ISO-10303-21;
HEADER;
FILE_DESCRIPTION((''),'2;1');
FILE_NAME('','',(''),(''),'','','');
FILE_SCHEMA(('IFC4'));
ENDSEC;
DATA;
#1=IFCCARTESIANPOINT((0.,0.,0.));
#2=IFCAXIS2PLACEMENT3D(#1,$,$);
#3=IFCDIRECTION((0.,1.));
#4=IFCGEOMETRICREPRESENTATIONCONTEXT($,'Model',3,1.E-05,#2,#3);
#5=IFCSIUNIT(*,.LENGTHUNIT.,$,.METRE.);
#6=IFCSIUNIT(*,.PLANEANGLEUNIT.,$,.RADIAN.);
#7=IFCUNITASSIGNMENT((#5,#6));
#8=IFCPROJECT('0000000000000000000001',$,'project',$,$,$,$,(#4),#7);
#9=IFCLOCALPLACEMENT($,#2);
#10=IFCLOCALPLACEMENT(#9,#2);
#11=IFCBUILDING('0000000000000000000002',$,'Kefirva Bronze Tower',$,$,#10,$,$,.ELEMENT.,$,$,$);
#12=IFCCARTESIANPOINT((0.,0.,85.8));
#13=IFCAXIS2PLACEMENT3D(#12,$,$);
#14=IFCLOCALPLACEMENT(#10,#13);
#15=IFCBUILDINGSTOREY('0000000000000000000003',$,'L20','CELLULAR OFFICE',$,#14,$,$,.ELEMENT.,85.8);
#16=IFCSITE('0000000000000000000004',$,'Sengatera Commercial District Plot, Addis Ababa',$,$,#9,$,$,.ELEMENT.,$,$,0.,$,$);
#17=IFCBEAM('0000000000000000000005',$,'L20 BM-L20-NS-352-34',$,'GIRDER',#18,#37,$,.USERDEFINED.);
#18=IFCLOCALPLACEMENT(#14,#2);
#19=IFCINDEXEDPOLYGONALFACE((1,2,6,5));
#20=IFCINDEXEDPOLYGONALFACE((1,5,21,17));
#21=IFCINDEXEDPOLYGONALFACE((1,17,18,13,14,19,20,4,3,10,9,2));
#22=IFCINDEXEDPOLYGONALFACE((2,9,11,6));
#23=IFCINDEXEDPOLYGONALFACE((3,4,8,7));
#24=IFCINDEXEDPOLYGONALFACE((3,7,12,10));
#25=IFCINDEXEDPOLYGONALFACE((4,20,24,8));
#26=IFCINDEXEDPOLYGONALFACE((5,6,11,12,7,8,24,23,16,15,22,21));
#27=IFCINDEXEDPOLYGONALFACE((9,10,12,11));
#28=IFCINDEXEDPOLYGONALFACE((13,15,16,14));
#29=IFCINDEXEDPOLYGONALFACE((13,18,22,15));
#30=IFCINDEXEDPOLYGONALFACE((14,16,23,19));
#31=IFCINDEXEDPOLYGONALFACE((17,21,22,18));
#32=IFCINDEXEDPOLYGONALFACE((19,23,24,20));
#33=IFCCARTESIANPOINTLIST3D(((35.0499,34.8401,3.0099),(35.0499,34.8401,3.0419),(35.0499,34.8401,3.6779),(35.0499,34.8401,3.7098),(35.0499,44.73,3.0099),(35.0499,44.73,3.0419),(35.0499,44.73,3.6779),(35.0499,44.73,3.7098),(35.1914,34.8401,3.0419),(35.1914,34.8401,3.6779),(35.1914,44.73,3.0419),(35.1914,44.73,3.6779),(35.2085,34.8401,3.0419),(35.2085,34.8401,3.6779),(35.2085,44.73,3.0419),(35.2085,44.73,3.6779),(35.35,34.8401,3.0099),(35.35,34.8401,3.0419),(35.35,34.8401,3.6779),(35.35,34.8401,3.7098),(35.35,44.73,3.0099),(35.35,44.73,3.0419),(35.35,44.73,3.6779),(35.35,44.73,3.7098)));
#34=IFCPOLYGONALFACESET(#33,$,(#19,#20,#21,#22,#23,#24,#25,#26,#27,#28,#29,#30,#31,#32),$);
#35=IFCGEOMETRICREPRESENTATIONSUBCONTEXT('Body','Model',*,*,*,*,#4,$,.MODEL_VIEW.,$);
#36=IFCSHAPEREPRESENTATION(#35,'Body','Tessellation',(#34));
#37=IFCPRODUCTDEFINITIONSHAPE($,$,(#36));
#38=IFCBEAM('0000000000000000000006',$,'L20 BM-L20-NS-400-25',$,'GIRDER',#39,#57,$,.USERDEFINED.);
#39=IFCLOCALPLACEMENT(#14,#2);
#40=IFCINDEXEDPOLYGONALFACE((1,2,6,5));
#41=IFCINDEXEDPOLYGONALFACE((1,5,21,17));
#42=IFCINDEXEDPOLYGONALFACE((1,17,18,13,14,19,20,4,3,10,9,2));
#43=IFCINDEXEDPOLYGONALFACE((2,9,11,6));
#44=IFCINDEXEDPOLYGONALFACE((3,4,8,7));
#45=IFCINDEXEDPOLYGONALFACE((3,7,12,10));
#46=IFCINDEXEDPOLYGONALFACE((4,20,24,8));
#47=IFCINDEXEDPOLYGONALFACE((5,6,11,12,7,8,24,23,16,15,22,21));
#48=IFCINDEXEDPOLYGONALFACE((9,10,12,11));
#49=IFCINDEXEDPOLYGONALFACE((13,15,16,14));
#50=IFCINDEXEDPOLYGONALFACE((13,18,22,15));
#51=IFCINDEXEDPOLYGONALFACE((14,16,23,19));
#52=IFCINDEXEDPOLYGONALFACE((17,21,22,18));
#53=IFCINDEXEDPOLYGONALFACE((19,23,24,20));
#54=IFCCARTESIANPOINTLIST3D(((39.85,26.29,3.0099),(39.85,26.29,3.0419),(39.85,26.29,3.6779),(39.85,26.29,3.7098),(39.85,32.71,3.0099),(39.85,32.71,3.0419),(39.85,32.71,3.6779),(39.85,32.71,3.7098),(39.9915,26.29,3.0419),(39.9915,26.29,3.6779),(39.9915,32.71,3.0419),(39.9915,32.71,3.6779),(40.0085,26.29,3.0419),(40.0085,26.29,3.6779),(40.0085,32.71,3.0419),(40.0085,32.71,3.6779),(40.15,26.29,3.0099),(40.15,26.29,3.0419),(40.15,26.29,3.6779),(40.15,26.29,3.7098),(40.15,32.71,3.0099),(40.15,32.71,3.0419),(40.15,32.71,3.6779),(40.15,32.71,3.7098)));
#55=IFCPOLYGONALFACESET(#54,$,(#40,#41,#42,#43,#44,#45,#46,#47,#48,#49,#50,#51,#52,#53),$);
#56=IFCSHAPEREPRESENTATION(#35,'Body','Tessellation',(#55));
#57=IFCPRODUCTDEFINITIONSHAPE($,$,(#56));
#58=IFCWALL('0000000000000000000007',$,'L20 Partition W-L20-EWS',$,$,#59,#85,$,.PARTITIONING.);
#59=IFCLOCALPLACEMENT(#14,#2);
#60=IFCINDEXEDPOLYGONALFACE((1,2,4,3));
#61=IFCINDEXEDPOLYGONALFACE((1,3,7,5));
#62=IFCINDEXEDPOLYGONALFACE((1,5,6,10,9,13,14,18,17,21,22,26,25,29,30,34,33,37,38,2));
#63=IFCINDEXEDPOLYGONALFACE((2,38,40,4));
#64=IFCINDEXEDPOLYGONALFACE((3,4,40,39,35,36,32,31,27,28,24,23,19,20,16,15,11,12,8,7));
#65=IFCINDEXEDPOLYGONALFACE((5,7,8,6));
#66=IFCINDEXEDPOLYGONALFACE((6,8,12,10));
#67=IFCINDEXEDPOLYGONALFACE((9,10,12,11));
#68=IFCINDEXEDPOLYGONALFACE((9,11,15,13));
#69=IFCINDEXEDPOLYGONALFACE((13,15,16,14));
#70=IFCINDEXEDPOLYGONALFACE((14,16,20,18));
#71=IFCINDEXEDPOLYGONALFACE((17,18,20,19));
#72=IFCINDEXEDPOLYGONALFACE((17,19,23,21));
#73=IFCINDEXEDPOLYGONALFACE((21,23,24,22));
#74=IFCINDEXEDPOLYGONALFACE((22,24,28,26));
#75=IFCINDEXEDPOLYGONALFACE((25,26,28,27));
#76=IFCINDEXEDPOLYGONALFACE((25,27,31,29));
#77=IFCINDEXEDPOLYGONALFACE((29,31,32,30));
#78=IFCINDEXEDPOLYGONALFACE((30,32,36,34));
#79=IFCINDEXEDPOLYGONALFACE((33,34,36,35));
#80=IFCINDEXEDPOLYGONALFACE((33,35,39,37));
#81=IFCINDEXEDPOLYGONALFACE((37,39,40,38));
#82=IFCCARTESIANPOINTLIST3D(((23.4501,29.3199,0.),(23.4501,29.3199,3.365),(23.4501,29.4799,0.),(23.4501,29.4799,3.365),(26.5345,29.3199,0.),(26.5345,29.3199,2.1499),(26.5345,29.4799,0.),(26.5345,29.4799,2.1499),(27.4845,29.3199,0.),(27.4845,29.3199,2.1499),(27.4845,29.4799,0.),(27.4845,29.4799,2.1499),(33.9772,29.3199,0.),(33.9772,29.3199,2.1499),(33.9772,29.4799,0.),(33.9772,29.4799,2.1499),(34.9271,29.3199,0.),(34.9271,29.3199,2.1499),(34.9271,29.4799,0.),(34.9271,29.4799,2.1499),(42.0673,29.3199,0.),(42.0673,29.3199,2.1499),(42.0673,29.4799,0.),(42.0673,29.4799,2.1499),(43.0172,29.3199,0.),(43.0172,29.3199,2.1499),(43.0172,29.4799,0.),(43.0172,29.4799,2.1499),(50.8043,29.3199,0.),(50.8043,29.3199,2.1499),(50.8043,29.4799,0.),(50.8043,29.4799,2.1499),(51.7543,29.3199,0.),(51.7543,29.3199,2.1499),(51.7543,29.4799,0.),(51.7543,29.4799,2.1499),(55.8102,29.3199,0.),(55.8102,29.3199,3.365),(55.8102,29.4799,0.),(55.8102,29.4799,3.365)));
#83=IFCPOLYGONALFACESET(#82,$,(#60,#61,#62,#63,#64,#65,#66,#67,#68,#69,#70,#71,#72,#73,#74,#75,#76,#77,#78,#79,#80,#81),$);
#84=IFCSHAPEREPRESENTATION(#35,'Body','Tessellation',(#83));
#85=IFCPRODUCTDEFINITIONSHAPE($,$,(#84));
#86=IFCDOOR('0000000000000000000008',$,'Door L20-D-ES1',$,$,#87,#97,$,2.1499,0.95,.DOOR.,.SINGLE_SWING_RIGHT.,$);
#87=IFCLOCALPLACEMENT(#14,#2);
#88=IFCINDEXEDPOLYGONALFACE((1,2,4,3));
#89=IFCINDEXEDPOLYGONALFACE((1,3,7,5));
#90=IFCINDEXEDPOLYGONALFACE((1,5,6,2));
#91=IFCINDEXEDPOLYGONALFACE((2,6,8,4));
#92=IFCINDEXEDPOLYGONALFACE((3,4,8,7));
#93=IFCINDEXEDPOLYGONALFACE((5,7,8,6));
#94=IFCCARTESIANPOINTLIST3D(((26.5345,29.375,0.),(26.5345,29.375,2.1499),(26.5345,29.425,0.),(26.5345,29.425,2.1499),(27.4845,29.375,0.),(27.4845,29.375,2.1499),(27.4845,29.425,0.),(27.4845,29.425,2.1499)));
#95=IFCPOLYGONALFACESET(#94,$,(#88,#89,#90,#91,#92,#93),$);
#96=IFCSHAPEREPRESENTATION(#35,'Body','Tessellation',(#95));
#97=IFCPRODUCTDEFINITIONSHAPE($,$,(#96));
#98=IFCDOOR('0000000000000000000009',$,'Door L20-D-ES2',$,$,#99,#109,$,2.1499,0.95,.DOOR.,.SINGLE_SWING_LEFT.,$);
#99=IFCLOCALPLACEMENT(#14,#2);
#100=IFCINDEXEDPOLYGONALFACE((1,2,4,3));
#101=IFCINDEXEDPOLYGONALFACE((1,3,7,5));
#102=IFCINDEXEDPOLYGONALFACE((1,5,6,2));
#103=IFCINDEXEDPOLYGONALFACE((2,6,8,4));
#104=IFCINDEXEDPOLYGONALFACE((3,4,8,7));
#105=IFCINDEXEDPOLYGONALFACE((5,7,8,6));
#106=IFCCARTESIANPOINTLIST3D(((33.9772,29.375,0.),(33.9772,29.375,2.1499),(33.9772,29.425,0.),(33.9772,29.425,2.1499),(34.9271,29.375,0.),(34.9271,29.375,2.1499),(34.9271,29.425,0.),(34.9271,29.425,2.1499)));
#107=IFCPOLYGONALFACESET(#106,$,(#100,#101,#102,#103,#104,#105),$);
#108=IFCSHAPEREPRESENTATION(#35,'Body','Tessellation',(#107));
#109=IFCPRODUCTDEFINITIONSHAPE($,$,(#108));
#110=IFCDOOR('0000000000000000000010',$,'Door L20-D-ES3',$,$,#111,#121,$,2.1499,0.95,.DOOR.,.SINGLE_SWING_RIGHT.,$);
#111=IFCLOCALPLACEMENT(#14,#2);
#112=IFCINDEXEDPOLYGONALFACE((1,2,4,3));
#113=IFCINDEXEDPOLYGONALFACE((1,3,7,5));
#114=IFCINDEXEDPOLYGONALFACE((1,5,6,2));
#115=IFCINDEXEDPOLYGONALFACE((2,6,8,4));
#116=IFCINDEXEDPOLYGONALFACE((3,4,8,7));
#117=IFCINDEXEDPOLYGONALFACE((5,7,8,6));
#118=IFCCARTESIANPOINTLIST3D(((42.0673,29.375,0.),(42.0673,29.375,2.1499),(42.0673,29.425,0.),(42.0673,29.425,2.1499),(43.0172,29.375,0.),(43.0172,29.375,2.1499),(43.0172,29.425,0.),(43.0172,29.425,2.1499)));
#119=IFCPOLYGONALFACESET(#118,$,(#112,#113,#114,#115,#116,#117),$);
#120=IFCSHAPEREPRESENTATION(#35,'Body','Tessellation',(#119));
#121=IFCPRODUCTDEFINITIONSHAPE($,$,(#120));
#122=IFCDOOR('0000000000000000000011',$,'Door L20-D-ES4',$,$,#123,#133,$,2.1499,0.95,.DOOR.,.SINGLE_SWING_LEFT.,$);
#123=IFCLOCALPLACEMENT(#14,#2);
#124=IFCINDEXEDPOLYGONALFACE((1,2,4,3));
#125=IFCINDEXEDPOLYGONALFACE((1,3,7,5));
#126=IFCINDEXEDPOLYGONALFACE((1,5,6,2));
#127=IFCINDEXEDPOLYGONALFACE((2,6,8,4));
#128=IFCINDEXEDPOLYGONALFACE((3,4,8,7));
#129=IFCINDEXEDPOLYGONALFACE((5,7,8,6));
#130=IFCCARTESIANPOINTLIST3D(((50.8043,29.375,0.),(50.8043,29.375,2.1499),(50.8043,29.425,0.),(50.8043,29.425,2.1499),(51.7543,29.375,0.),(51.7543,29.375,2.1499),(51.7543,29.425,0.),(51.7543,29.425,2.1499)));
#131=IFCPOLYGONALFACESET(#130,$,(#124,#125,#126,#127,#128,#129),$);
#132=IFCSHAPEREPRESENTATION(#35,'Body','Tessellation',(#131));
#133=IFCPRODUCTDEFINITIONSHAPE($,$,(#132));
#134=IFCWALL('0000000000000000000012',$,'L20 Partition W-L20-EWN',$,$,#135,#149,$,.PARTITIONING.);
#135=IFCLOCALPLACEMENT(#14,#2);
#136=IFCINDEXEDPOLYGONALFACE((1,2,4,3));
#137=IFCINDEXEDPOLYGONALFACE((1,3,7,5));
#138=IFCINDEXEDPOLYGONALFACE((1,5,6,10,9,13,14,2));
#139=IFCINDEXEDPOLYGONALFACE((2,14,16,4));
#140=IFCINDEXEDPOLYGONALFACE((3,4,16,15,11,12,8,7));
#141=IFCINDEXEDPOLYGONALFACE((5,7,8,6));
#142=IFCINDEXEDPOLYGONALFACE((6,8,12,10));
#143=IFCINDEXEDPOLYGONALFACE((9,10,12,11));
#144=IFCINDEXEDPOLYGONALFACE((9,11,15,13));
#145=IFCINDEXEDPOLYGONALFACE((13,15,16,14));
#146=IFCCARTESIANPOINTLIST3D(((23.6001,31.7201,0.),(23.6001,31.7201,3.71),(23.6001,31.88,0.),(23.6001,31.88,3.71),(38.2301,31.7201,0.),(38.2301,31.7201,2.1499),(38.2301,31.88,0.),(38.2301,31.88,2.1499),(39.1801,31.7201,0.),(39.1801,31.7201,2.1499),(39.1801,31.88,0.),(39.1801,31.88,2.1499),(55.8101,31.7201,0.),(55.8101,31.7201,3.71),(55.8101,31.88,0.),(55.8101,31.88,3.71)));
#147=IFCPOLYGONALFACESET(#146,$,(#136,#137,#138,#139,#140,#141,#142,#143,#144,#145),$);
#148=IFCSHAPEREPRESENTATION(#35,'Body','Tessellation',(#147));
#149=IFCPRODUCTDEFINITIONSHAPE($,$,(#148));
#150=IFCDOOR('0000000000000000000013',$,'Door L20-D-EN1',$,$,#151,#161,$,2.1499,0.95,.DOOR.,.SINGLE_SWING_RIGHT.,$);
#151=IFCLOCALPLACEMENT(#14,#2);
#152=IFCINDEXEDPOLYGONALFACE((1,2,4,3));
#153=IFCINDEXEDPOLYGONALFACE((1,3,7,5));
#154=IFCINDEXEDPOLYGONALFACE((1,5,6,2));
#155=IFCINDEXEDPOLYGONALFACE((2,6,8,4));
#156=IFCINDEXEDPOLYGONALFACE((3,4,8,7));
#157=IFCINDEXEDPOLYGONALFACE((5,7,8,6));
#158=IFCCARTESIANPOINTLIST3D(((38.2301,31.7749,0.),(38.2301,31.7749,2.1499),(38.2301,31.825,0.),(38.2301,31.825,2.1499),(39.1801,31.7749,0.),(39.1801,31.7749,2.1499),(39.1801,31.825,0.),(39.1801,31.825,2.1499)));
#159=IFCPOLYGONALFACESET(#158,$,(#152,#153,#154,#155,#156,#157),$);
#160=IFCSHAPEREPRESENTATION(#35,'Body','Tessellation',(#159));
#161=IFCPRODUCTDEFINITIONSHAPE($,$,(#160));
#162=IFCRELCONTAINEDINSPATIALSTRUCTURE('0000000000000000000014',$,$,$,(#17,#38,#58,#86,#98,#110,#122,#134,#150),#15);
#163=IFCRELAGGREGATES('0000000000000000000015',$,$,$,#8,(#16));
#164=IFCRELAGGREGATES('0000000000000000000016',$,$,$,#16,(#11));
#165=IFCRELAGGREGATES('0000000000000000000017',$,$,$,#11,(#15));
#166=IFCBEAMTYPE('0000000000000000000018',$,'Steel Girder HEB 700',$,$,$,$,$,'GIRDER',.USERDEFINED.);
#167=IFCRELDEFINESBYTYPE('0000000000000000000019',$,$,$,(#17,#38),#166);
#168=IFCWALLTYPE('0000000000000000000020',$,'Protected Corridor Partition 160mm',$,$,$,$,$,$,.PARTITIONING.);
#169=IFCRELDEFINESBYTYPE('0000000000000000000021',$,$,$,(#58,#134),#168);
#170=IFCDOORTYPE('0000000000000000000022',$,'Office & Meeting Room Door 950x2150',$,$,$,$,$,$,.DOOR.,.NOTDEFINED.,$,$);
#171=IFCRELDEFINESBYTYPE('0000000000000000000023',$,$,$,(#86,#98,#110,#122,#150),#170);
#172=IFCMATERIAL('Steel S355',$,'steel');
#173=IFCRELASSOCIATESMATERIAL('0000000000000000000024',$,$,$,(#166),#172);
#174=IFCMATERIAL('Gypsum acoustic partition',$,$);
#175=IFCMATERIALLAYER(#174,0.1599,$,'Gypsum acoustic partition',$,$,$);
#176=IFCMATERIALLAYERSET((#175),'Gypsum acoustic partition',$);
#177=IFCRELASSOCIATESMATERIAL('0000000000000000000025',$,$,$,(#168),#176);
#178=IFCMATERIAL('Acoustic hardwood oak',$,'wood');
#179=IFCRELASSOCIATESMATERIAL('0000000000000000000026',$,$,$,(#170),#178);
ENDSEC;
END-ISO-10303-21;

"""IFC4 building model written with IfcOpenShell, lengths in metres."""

from ifc_helpers import new_model, si_unit, direction, frame, frame_2d, origin, origin_2d, place, context, subcontext, project, spatial, rectangle, i_section, extrude, material, layer, layer_set, material_profile, profile_set, type_object, element, fill, save


model = new_model("IFC4")

# Units and contexts
model_context = context("Model", 3, precision=1e-05, world=origin(), true_north=direction((0.0, 1.0)))
body_context = subcontext(model_context, "Body", "Model", "MODEL_VIEW")
ifc_project = project(units=[si_unit("LENGTHUNIT", "METRE"), si_unit("PLANEANGLEUNIT", "RADIAN")], contexts=[model_context])

# Site, building, storey
site_placement = place(None, origin())
site = spatial("IfcSite", under=ifc_project, at=site_placement, Name="Sengatera Commercial District Plot, Addis Ababa", CompositionType="ELEMENT", RefElevation=0.0)
building_placement = place(site_placement, origin())
building = spatial("IfcBuilding", under=site, at=building_placement, Name="Kefirva Bronze Tower", CompositionType="ELEMENT")
storey_placement = place(building_placement, frame((0.0, 0.0, 85.8)))
storey = spatial("IfcBuildingStorey", under=building, at=storey_placement, Name="L20", Description="CELLULAR OFFICE", CompositionType="ELEMENT", Elevation=85.8)

# Beams
ifc_material_1 = material(Name="Steel S355", Category="steel")
ifc_material_profile_1 = material_profile(ifc_material_1, i_section(OverallWidth=0.3, OverallDepth=0.7, WebThickness=0.0171, FlangeThickness=0.032, at=origin_2d()), Name="HEB 700")
ifc_profile_set_1 = profile_set([ifc_material_profile_1], Name="Steel S355")
beam_type_1 = type_object("IfcBeamType", Name="Steel Girder HEB 700", ElementType="GIRDER", PredefinedType="USERDEFINED", material=ifc_profile_set_1)
beam_1_placement = place(storey_placement, frame((35.2, 34.8401, 3.3599), z_axis=(0.0, 1.0, 0.0), x_axis=(-1.0, 0.0, 0.0)))
element("IfcBeam", 1, at=beam_1_placement, inside=storey, type_object=beam_type_1, Name="L20 BM-L20-NS-352-34", ObjectType="GIRDER", PredefinedType="USERDEFINED", context=body_context, shape_type="SweptSolid", body=[
    extrude(i_section(OverallWidth=0.3, OverallDepth=0.7, WebThickness=0.0171, FlangeThickness=0.032, at=origin_2d()), origin(), (0.0, 0.0, 1.0), 9.8899),
])
beam_2_placement = place(storey_placement, frame((40.0, 26.29, 3.3599), z_axis=(0.0, 1.0, 0.0), x_axis=(-1.0, 0.0, 0.0)))
element("IfcBeam", 2, at=beam_2_placement, inside=storey, type_object=beam_type_1, Name="L20 BM-L20-NS-400-25", ObjectType="GIRDER", PredefinedType="USERDEFINED", context=body_context, shape_type="SweptSolid", body=[
    extrude(i_section(OverallWidth=0.3, OverallDepth=0.7, WebThickness=0.0171, FlangeThickness=0.032, at=origin_2d()), origin(), (0.0, 0.0, 1.0), 6.4199),
])

# Wall, openings, doors
ifc_material_2 = material(Name="Gypsum acoustic partition")
ifc_layer_1 = layer(ifc_material_2, 0.1599, Name="Gypsum acoustic partition")
ifc_layer_set_1 = layer_set([ifc_layer_1], Name="Gypsum acoustic partition")
wall_type_1 = type_object("IfcWallType", Name="Protected Corridor Partition 160mm", PredefinedType="PARTITIONING", material=ifc_layer_set_1)
wall_1_placement = place(storey_placement, frame((23.45, 29.3999, 0.0), z_axis=(0.0, 0.0, 1.0), x_axis=(1.0, 0.0, 0.0)))
wall_1 = element("IfcWall", 3, at=wall_1_placement, inside=storey, type_object=wall_type_1, Name="L20 Partition W-L20-EWS", PredefinedType="PARTITIONING", context=body_context, shape_type="SweptSolid", body=[
    extrude(rectangle(XDim=32.3601, YDim=0.1599, at=frame_2d((16.1802, 0.0))), origin(), (0.0, 0.0, 1.0), 3.365),
])
opening_1_placement = place(wall_1_placement, frame((4.0347, 0.0, 0.0), z_axis=(0.0, 0.0, 1.0), x_axis=(-1.0, 0.0, 0.0)))
opening_1 = element("IfcOpeningElement", 4, at=opening_1_placement, cuts=wall_1, PredefinedType="OPENING", context=body_context, shape_type="SweptSolid", body=[
    extrude(rectangle(XDim=0.95, YDim=2.1499, at=frame_2d((0.4751, 1.075))), frame((0.0, 0.0898, 0.0), z_axis=(0.0, -1.0, 0.0), x_axis=(1.0, 0.0, 0.0)), (0.0, 0.0, 1.0), 0.1799),
])
opening_2_placement = place(wall_1_placement, frame((11.4773, 0.0, 0.0), z_axis=(0.0, 0.0, 1.0), x_axis=(-1.0, 0.0, 0.0)))
opening_2 = element("IfcOpeningElement", 5, at=opening_2_placement, cuts=wall_1, PredefinedType="OPENING", context=body_context, shape_type="SweptSolid", body=[
    extrude(rectangle(XDim=0.95, YDim=2.1499, at=frame_2d((0.4751, 1.075))), frame((0.0, 0.0898, 0.0), z_axis=(0.0, -1.0, 0.0), x_axis=(1.0, 0.0, 0.0)), (0.0, 0.0, 1.0), 0.1799),
])
opening_3_placement = place(wall_1_placement, frame((19.5674, 0.0, 0.0), z_axis=(0.0, 0.0, 1.0), x_axis=(-1.0, 0.0, 0.0)))
opening_3 = element("IfcOpeningElement", 6, at=opening_3_placement, cuts=wall_1, PredefinedType="OPENING", context=body_context, shape_type="SweptSolid", body=[
    extrude(rectangle(XDim=0.95, YDim=2.1499, at=frame_2d((0.4751, 1.075))), frame((0.0, 0.0898, 0.0), z_axis=(0.0, -1.0, 0.0), x_axis=(1.0, 0.0, 0.0)), (0.0, 0.0, 1.0), 0.1799),
])
opening_4_placement = place(wall_1_placement, frame((28.3044, 0.0, 0.0), z_axis=(0.0, 0.0, 1.0), x_axis=(-1.0, 0.0, 0.0)))
opening_4 = element("IfcOpeningElement", 7, at=opening_4_placement, cuts=wall_1, PredefinedType="OPENING", context=body_context, shape_type="SweptSolid", body=[
    extrude(rectangle(XDim=0.95, YDim=2.1499, at=frame_2d((0.4751, 1.075))), frame((0.0, 0.0898, 0.0), z_axis=(0.0, -1.0, 0.0), x_axis=(1.0, 0.0, 0.0)), (0.0, 0.0, 1.0), 0.1799),
])
ifc_material_3 = material(Name="Acoustic hardwood oak", Category="wood")
door_type = type_object("IfcDoorType", Name="Office & Meeting Room Door 950x2150", OperationType="NOTDEFINED", PredefinedType="DOOR", material=ifc_material_3)
door_1_placement = place(opening_1_placement, origin())
door_1 = element("IfcDoor", 8, at=door_1_placement, inside=storey, type_object=door_type, Name="Door L20-D-ES1", OperationType="SINGLE_SWING_RIGHT", OverallHeight=2.1499, OverallWidth=0.95, PredefinedType="DOOR", context=body_context, shape_type="SweptSolid", body=[
    extrude(rectangle(XDim=0.95, YDim=2.1499, at=frame_2d((0.4751, 1.075))), frame((0.0, 0.0249, 0.0), z_axis=(0.0, -1.0, 0.0), x_axis=(1.0, 0.0, 0.0)), (0.0, 0.0, 1.0), 0.05),
])
fill(opening_1, door_1)
door_2_placement = place(opening_2_placement, origin())
door_2 = element("IfcDoor", 9, at=door_2_placement, inside=storey, type_object=door_type, Name="Door L20-D-ES2", OperationType="SINGLE_SWING_LEFT", OverallHeight=2.1499, OverallWidth=0.95, PredefinedType="DOOR", context=body_context, shape_type="SweptSolid", body=[
    extrude(rectangle(XDim=0.95, YDim=2.1499, at=frame_2d((0.4751, 1.075))), frame((0.0, 0.0249, 0.0), z_axis=(0.0, -1.0, 0.0), x_axis=(1.0, 0.0, 0.0)), (0.0, 0.0, 1.0), 0.05),
])
fill(opening_2, door_2)
door_3_placement = place(opening_3_placement, origin())
door_3 = element("IfcDoor", 10, at=door_3_placement, inside=storey, type_object=door_type, Name="Door L20-D-ES3", OperationType="SINGLE_SWING_RIGHT", OverallHeight=2.1499, OverallWidth=0.95, PredefinedType="DOOR", context=body_context, shape_type="SweptSolid", body=[
    extrude(rectangle(XDim=0.95, YDim=2.1499, at=frame_2d((0.4751, 1.075))), frame((0.0, 0.0249, 0.0), z_axis=(0.0, -1.0, 0.0), x_axis=(1.0, 0.0, 0.0)), (0.0, 0.0, 1.0), 0.05),
])
fill(opening_3, door_3)
door_4_placement = place(opening_4_placement, origin())
door_4 = element("IfcDoor", 11, at=door_4_placement, inside=storey, type_object=door_type, Name="Door L20-D-ES4", OperationType="SINGLE_SWING_LEFT", OverallHeight=2.1499, OverallWidth=0.95, PredefinedType="DOOR", context=body_context, shape_type="SweptSolid", body=[
    extrude(rectangle(XDim=0.95, YDim=2.1499, at=frame_2d((0.4751, 1.075))), frame((0.0, 0.0249, 0.0), z_axis=(0.0, -1.0, 0.0), x_axis=(1.0, 0.0, 0.0)), (0.0, 0.0, 1.0), 0.05),
])
fill(opening_4, door_4)

# Wall, opening, door
wall_2_placement = place(storey_placement, frame((23.6001, 31.8, 0.0), z_axis=(0.0, 0.0, 1.0), x_axis=(1.0, 0.0, 0.0)))
wall_2 = element("IfcWall", 12, at=wall_2_placement, inside=storey, type_object=wall_type_1, Name="L20 Partition W-L20-EWN", PredefinedType="PARTITIONING", context=body_context, shape_type="SweptSolid", body=[
    extrude(rectangle(XDim=32.21, YDim=0.1599, at=frame_2d((16.105, 0.0))), origin(), (0.0, 0.0, 1.0), 3.71),
])
opening_5_placement = place(wall_2_placement, frame((14.6299, 0.0, 0.0)))
opening_5 = element("IfcOpeningElement", 13, at=opening_5_placement, cuts=wall_2, PredefinedType="OPENING", context=body_context, shape_type="SweptSolid", body=[
    extrude(rectangle(XDim=0.95, YDim=2.1499, at=frame_2d((0.4751, 1.075))), frame((0.0, 0.0898, 0.0), z_axis=(0.0, -1.0, 0.0), x_axis=(1.0, 0.0, 0.0)), (0.0, 0.0, 1.0), 0.1799),
])
door_5_placement = place(opening_5_placement, origin())
door_5 = element("IfcDoor", 14, at=door_5_placement, inside=storey, type_object=door_type, Name="Door L20-D-EN1", OperationType="SINGLE_SWING_RIGHT", OverallHeight=2.1499, OverallWidth=0.95, PredefinedType="DOOR", context=body_context, shape_type="SweptSolid", body=[
    extrude(rectangle(XDim=0.95, YDim=2.1499, at=frame_2d((0.4751, 1.075))), frame((0.0, 0.0249, 0.0), z_axis=(0.0, -1.0, 0.0), x_axis=(1.0, 0.0, 0.0)), (0.0, 0.0, 1.0), 0.05),
])
fill(opening_5, door_5)

save(model, "model.ifc")
